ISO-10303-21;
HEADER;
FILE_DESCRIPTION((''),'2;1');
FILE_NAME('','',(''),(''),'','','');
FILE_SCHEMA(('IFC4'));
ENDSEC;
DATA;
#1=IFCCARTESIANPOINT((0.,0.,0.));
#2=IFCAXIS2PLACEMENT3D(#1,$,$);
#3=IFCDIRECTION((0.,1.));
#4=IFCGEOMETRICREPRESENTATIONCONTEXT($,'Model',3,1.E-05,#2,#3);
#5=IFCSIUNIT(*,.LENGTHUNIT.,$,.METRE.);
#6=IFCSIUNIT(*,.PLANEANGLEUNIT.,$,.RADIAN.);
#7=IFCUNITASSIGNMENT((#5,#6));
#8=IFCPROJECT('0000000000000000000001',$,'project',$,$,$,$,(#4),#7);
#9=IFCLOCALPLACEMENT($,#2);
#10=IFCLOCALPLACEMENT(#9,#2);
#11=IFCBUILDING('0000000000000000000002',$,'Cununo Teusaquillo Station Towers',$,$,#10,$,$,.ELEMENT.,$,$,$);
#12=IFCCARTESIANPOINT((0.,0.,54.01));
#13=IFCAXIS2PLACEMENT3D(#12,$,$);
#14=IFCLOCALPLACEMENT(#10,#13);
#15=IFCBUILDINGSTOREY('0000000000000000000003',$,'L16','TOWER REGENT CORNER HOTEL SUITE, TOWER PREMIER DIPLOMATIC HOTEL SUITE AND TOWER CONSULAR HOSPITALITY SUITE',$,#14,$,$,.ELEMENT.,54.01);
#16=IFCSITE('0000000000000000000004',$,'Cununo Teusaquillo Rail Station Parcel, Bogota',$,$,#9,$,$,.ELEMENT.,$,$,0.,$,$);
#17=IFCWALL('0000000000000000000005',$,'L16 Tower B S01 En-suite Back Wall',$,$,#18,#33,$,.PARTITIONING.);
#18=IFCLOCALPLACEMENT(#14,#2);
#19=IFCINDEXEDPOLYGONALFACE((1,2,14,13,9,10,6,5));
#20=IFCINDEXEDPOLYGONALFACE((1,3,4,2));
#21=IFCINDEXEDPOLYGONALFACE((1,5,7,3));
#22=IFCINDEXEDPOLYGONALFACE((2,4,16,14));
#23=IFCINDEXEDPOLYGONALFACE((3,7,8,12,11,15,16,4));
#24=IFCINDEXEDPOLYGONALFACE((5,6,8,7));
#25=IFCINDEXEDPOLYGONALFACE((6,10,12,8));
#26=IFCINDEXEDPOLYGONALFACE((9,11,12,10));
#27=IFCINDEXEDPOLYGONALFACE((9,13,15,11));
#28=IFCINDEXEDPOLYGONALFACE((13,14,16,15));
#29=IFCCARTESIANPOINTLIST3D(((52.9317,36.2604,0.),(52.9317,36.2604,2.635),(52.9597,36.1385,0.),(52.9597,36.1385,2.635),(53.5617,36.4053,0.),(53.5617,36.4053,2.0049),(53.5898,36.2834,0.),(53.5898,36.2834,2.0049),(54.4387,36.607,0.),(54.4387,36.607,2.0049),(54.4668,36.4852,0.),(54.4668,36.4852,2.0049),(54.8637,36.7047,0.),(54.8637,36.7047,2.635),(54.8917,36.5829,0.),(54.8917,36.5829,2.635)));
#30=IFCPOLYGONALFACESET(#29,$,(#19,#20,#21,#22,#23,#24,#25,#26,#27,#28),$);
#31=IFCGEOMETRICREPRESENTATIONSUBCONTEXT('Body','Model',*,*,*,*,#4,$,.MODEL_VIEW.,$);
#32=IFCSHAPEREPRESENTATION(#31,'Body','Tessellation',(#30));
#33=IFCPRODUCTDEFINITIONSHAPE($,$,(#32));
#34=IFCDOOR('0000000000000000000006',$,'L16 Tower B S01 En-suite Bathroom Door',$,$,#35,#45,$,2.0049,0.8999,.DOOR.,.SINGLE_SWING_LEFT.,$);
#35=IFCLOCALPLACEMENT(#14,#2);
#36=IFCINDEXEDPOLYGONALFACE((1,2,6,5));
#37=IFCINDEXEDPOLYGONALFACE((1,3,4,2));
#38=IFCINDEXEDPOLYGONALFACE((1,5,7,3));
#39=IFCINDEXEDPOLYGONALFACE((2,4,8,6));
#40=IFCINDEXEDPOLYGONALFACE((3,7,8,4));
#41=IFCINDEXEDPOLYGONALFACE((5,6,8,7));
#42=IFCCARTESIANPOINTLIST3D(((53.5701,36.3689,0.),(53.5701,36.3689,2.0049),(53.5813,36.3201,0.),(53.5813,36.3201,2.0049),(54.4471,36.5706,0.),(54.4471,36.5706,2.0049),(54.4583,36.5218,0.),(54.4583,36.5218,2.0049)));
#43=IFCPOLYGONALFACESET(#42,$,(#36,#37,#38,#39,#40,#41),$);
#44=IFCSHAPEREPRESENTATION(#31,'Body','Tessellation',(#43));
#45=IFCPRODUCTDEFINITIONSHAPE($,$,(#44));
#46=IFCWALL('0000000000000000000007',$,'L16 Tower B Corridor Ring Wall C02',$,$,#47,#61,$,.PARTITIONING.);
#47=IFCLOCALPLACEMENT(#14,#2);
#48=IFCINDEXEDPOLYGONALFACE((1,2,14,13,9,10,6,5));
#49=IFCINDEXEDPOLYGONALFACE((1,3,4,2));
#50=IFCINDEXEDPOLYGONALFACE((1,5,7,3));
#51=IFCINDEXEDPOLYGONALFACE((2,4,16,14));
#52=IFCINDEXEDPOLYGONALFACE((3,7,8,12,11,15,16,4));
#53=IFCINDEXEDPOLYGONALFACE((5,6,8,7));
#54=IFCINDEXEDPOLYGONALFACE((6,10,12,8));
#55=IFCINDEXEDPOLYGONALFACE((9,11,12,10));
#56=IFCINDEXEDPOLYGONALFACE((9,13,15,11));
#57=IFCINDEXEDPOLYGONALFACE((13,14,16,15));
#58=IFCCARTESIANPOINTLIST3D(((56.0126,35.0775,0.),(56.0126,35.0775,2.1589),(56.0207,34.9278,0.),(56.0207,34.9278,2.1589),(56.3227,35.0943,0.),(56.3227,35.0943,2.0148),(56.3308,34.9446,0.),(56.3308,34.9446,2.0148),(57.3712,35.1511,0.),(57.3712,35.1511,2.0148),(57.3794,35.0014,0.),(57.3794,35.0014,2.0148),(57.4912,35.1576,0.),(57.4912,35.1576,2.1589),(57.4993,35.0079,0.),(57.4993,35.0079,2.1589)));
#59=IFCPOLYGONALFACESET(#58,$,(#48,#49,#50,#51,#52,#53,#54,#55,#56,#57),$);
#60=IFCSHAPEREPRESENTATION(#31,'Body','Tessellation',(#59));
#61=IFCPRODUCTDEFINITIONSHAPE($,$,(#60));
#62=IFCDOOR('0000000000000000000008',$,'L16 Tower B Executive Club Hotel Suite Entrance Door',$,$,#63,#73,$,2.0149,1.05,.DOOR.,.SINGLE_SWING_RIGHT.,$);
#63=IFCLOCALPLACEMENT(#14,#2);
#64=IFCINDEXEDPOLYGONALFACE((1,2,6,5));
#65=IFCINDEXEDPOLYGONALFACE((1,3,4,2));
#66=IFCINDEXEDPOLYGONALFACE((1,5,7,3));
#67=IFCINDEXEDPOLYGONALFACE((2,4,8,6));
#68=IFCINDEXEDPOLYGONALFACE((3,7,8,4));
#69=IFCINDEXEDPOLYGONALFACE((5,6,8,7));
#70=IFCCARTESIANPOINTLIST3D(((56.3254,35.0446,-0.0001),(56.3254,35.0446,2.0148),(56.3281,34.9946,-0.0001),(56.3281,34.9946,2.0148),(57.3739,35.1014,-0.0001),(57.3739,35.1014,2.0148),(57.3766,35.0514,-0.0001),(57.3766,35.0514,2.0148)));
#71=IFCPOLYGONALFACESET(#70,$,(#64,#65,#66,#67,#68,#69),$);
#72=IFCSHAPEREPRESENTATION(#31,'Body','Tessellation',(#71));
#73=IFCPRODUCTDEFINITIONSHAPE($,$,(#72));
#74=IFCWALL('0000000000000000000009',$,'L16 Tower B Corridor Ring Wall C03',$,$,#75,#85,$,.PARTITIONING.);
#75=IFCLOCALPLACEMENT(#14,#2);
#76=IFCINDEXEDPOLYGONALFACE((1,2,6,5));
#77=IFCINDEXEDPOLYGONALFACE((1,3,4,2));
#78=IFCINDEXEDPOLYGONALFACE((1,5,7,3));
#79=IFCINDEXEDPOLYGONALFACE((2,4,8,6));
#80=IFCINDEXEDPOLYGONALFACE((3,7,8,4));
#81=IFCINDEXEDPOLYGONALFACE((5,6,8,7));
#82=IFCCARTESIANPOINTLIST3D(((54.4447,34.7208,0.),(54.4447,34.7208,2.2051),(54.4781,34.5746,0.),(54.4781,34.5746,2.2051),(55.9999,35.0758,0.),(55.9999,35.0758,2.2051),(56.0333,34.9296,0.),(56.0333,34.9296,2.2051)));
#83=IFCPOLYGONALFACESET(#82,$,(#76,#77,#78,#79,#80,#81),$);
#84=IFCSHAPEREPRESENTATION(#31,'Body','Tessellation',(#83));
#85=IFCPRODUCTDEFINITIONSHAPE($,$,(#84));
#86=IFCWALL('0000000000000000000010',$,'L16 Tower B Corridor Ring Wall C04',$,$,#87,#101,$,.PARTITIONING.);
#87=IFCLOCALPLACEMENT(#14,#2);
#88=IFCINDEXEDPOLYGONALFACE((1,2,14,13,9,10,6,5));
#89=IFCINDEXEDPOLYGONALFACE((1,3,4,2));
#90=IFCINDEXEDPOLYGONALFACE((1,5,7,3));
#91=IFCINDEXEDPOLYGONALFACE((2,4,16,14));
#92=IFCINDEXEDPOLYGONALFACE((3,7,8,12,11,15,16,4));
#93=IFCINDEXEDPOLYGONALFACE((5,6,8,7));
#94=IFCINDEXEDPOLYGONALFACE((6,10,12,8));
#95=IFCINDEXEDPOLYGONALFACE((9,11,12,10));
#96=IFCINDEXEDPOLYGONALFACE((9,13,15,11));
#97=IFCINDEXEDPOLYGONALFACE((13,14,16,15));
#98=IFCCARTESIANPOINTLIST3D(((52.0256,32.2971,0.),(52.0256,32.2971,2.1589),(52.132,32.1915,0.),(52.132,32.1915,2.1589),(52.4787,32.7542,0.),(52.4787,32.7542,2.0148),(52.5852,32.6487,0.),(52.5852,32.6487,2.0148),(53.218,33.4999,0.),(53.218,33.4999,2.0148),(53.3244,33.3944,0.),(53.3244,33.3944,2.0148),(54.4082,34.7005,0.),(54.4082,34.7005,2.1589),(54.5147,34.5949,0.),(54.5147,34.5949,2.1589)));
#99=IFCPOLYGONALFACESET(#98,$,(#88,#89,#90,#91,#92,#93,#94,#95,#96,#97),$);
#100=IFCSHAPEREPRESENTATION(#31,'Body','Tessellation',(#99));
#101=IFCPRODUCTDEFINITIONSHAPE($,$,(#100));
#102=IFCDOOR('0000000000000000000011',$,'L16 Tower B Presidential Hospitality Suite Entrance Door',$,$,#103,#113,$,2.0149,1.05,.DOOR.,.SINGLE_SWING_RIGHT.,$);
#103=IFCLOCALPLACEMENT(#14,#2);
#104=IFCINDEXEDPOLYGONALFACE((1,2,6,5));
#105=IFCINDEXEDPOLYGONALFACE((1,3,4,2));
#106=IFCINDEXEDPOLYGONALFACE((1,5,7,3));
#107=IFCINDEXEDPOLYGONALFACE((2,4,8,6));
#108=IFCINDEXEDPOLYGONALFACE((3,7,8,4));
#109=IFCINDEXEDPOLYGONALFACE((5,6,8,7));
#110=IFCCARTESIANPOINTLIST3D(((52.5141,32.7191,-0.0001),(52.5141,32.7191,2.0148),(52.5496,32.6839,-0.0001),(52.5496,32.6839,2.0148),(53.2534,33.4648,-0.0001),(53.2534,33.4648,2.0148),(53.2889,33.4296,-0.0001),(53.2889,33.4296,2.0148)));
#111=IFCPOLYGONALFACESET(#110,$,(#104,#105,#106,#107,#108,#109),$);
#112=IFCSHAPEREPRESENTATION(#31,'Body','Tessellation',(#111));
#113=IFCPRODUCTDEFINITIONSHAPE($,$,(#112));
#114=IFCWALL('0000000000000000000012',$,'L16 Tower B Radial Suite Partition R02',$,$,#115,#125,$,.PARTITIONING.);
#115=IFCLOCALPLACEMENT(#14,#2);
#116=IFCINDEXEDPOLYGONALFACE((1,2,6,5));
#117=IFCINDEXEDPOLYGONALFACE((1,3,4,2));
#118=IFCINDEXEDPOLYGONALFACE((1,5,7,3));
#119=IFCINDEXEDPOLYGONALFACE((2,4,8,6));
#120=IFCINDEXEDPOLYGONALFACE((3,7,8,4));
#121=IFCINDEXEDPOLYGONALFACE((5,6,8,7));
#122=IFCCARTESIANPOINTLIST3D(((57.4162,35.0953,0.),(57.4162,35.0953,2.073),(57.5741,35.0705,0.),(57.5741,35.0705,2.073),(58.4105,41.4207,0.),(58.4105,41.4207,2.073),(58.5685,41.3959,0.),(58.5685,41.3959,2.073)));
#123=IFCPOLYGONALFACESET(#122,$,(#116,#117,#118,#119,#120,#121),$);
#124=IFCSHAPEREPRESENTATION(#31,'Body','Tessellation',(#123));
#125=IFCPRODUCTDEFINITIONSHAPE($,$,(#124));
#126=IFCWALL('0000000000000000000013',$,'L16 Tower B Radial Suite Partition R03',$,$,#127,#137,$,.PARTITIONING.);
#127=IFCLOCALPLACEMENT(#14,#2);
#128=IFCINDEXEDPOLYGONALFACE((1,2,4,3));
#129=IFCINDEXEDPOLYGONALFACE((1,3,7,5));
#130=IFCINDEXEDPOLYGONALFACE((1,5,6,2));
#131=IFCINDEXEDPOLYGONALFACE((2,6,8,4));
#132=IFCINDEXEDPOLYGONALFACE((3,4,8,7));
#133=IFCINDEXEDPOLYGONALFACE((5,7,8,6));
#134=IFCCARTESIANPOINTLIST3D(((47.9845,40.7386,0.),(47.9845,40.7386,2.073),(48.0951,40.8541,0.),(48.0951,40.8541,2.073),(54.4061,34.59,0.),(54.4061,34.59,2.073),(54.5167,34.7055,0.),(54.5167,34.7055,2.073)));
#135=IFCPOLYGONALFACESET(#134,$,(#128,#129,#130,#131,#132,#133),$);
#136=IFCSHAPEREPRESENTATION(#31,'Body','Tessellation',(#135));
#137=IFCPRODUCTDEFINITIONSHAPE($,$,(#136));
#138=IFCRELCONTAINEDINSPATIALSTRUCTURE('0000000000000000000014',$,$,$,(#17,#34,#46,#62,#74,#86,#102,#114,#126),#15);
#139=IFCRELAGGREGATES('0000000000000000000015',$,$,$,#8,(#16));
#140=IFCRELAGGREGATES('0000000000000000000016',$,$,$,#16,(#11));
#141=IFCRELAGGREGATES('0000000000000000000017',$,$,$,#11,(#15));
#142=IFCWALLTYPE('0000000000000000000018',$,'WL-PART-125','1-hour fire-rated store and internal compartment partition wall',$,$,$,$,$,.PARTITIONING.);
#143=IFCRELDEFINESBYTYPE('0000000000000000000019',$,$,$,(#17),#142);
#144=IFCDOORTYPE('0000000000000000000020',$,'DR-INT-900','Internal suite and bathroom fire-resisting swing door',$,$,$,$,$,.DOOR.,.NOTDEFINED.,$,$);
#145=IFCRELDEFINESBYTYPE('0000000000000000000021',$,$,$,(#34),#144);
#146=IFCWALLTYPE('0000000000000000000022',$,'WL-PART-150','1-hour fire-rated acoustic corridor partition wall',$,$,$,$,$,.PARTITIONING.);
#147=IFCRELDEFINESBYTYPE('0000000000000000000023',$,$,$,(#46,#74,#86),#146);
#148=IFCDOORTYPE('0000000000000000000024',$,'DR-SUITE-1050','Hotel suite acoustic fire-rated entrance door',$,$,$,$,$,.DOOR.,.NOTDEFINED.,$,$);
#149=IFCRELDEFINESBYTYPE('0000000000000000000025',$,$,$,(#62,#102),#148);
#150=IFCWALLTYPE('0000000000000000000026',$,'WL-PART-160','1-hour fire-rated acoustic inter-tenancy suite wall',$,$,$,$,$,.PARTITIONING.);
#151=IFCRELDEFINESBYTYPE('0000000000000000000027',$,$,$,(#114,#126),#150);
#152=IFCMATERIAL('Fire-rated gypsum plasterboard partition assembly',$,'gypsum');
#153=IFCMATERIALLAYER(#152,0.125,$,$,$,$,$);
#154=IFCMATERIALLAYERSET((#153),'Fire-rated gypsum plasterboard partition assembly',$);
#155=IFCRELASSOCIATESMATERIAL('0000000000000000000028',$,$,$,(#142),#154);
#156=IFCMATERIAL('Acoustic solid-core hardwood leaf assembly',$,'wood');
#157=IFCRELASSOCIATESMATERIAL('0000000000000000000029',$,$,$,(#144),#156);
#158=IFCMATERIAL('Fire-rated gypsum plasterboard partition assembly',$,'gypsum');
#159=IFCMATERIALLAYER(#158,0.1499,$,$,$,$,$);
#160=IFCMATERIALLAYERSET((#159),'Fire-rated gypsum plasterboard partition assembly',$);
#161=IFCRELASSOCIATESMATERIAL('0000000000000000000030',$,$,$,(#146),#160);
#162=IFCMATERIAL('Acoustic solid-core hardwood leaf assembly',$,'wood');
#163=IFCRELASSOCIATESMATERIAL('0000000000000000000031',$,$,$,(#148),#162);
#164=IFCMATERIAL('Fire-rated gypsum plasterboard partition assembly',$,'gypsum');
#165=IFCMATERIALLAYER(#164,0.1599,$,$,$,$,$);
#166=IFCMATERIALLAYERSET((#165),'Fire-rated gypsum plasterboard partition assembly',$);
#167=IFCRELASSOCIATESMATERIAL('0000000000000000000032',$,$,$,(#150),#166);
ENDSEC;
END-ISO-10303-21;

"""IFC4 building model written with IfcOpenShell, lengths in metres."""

from ifc_helpers import new_model, si_unit, direction, frame, frame_2d, origin, place, context, subcontext, project, spatial, rectangle, extrude, source, transform, mapped, material, layer, layer_set, type_object, element, fill, save


model = new_model("IFC4")

# Units and contexts
model_context = context("Model", 3, precision=1e-05, world=origin(), true_north=direction((0.0, 1.0)))
body_context = subcontext(model_context, "Body", "Model", "MODEL_VIEW")
ifc_project = project(units=[si_unit("LENGTHUNIT", "METRE"), si_unit("PLANEANGLEUNIT", "RADIAN")], contexts=[model_context])

# Site, building, storey
site_placement = place(None, origin())
site = spatial("IfcSite", under=ifc_project, at=site_placement, Name="Cununo Teusaquillo Rail Station Parcel, Bogota", CompositionType="ELEMENT", RefElevation=0.0)
building_placement = place(site_placement, origin())
building = spatial("IfcBuilding", under=site, at=building_placement, Name="Cununo Teusaquillo Station Towers", CompositionType="ELEMENT")
storey_placement = place(building_placement, frame((0.0, 0.0, 54.01)))
storey = spatial("IfcBuildingStorey", under=building, at=storey_placement, Name="L16", Description="TOWER REGENT CORNER HOTEL SUITE, TOWER PREMIER DIPLOMATIC HOTEL SUITE AND TOWER CONSULAR HOSPITALITY SUITE", CompositionType="ELEMENT", Elevation=54.01)

# Shared definitions
ifc_material_1 = material(Name="Fire-rated gypsum plasterboard partition assembly", Category="gypsum")
ifc_layer_1 = layer(ifc_material_1, 0.125)
ifc_layer_set_1 = layer_set([ifc_layer_1], Name="Fire-rated gypsum plasterboard partition assembly")
wall_type_1 = type_object("IfcWallType", Name="WL-PART-125", Description="1-hour fire-rated store and internal compartment partition wall", PredefinedType="PARTITIONING", material=ifc_layer_set_1)

# Walls, openings, doors
wall_1_placement = place(storey_placement, frame((54.8777, 36.6438, 0.0), z_axis=(0.0, 0.0, 1.0), x_axis=(-0.974555, -0.224149, 0.0)))
wall_1 = element("IfcWall", 1, at=wall_1_placement, inside=storey, type_object=wall_type_1, Name="L16 Tower B S01 En-suite Back Wall", PredefinedType="PARTITIONING", context=body_context, shape_type="SweptSolid", body=[
    extrude(rectangle(XDim=1.9824, YDim=0.125, at=frame_2d((0.9912, 0.0))), origin(), (0.0, 0.0, 1.0), 2.635),
])
shared_shape_1 = source(origin(), body_context, "Body", "SweptSolid", [
    extrude(rectangle(XDim=0.8999, YDim=2.0049, at=frame_2d((0.45, 1.0024))), frame((0.0, 0.0725, 0.0), z_axis=(0.0, -1.0, 0.0), x_axis=(1.0, 0.0, 0.0)), (0.0, 0.0, 1.0), 0.145),
])
opening_1_placement = place(wall_1_placement, frame((0.436, 0.0, 0.0)))
opening_1 = element("IfcOpeningElement", 2, at=opening_1_placement, cuts=wall_1, PredefinedType="OPENING", context=body_context, shape_type="MappedRepresentation", body=[
    mapped(shared_shape_1, transform((0.0, 0.0, 0.0), x_axis=(1.0, 0.0, 0.0), y_axis=(0.0, 1.0, 0.0), z_axis=(0.0, 0.0, 1.0), scale=1.0)),
])
ifc_material_2 = material(Name="Acoustic solid-core hardwood leaf assembly", Category="wood")
door_type_1 = type_object("IfcDoorType", Name="DR-INT-900", Description="Internal suite and bathroom fire-resisting swing door", OperationType="NOTDEFINED", PredefinedType="DOOR", material=ifc_material_2)
shared_shape_2 = source(origin(), body_context, "Body", "SweptSolid", [
    extrude(rectangle(XDim=0.8999, YDim=2.0049, at=frame_2d((0.45, 1.0024))), frame((0.0, 0.0249, 0.0), z_axis=(0.0, -1.0, 0.0), x_axis=(1.0, 0.0, 0.0)), (0.0, 0.0, 1.0), 0.05),
])
door_1_placement = place(opening_1_placement, origin())
door_1 = element("IfcDoor", 3, at=door_1_placement, inside=storey, type_object=door_type_1, Name="L16 Tower B S01 En-suite Bathroom Door", OperationType="SINGLE_SWING_LEFT", OverallHeight=2.0049, OverallWidth=0.8999, PredefinedType="DOOR", context=body_context, shape_type="MappedRepresentation", body=[
    mapped(shared_shape_2, transform((0.0, 0.0, 0.0), x_axis=(1.0, 0.0, 0.0), y_axis=(0.0, 1.0, 0.0), z_axis=(0.0, 0.0, 1.0), scale=1.0)),
])
fill(opening_1, door_1)
ifc_material_3 = material(Name="Fire-rated gypsum plasterboard partition assembly", Category="gypsum")
ifc_layer_2 = layer(ifc_material_3, 0.1499)
ifc_layer_set_2 = layer_set([ifc_layer_2], Name="Fire-rated gypsum plasterboard partition assembly")
wall_type_2 = type_object("IfcWallType", Name="WL-PART-150", Description="1-hour fire-rated acoustic corridor partition wall", PredefinedType="PARTITIONING", material=ifc_layer_set_2)
wall_2_placement = place(storey_placement, frame((57.4951, 35.0828, 0.0), z_axis=(0.0, 0.0, 1.0), x_axis=(-0.998537, -0.054082, 0.0)))
wall_2 = element("IfcWall", 4, at=wall_2_placement, inside=storey, type_object=wall_type_2, Name="L16 Tower B Corridor Ring Wall C02", PredefinedType="PARTITIONING", context=body_context, shape_type="SweptSolid", body=[
    extrude(rectangle(XDim=1.4807, YDim=0.1499, at=frame_2d((0.7402, 0.0))), origin(), (0.0, 0.0, 1.0), 2.1589),
])
shared_shape_3 = source(origin(), body_context, "Body", "SweptSolid", [
    extrude(rectangle(XDim=1.05, YDim=2.0149, at=frame_2d((0.5249, 1.0073))), frame((0.0, 0.085, 0.0), z_axis=(0.0, -1.0, 0.0), x_axis=(1.0, 0.0, 0.0)), (0.0, 0.0, 1.0), 0.1699),
])
opening_2_placement = place(wall_2_placement, frame((0.1201, 0.0, 0.0)))
opening_2 = element("IfcOpeningElement", 5, at=opening_2_placement, cuts=wall_2, PredefinedType="OPENING", context=body_context, shape_type="MappedRepresentation", body=[
    mapped(shared_shape_3, transform((0.0, 0.0, 0.0), x_axis=(1.0, 0.0, 0.0), y_axis=(0.0, 1.0, 0.0), z_axis=(0.0, 0.0, 1.0), scale=1.0)),
])
ifc_material_4 = material(Name="Acoustic solid-core hardwood leaf assembly", Category="wood")
door_type_2 = type_object("IfcDoorType", Name="DR-SUITE-1050", Description="Hotel suite acoustic fire-rated entrance door", OperationType="NOTDEFINED", PredefinedType="DOOR", material=ifc_material_4)
shared_shape_4 = source(origin(), body_context, "Body", "SweptSolid", [
    extrude(rectangle(XDim=1.05, YDim=2.0149, at=frame_2d((0.5249, 1.0073))), frame((0.0, 0.0249, 0.0), z_axis=(0.0, -1.0, 0.0), x_axis=(1.0, 0.0, 0.0)), (0.0, 0.0, 1.0), 0.05),
])
door_2_placement = place(opening_2_placement, origin())
door_2 = element("IfcDoor", 6, at=door_2_placement, inside=storey, type_object=door_type_2, Name="L16 Tower B Executive Club Hotel Suite Entrance Door", OperationType="SINGLE_SWING_RIGHT", OverallHeight=2.0149, OverallWidth=1.05, PredefinedType="DOOR", context=body_context, shape_type="MappedRepresentation", body=[
    mapped(shared_shape_4, transform((0.0, 0.0, 0.0), x_axis=(1.0, 0.0, 0.0), y_axis=(0.0, 1.0, 0.0), z_axis=(0.0, 0.0, 1.0), scale=1.0)),
])
fill(opening_2, door_2)

# Wall
wall_3_placement = place(storey_placement, frame((56.0166, 35.0027, 0.0), z_axis=(0.0, 0.0, 1.0), x_axis=(-0.974925, -0.222534, 0.0)))
element("IfcWall", 7, at=wall_3_placement, inside=storey, type_object=wall_type_2, Name="L16 Tower B Corridor Ring Wall C03", PredefinedType="PARTITIONING", context=body_context, shape_type="SweptSolid", body=[
    extrude(rectangle(XDim=1.5952, YDim=0.1499, at=frame_2d((0.7976, 0.0))), origin(), (0.0, 0.0, 1.0), 2.2051),
])

# Wall, opening, door
wall_4_placement = place(storey_placement, frame((54.4614, 34.6477, 0.0), z_axis=(0.0, 0.0, 1.0), x_axis=(-0.704034, -0.710166, 0.0)))
wall_4 = element("IfcWall", 8, at=wall_4_placement, inside=storey, type_object=wall_type_2, Name="L16 Tower B Corridor Ring Wall C04", PredefinedType="PARTITIONING", context=body_context, shape_type="SweptSolid", body=[
    extrude(rectangle(XDim=3.3843, YDim=0.1499, at=frame_2d((1.6921, 0.0))), origin(), (0.0, 0.0, 1.0), 2.1589),
])
opening_3_placement = place(wall_4_placement, frame((1.6907, 0.0, 0.0)))
opening_3 = element("IfcOpeningElement", 9, at=opening_3_placement, cuts=wall_4, PredefinedType="OPENING", context=body_context, shape_type="MappedRepresentation", body=[
    mapped(shared_shape_3, transform((0.0, 0.0, 0.0), x_axis=(1.0, 0.0, 0.0), y_axis=(0.0, 1.0, 0.0), z_axis=(0.0, 0.0, 1.0), scale=1.0)),
])
door_3_placement = place(opening_3_placement, origin())
door_3 = element("IfcDoor", 10, at=door_3_placement, inside=storey, type_object=door_type_2, Name="L16 Tower B Presidential Hospitality Suite Entrance Door", OperationType="SINGLE_SWING_RIGHT", OverallHeight=2.0149, OverallWidth=1.05, PredefinedType="DOOR", context=body_context, shape_type="MappedRepresentation", body=[
    mapped(shared_shape_4, transform((0.0, 0.0, 0.0), x_axis=(1.0, 0.0, 0.0), y_axis=(0.0, 1.0, 0.0), z_axis=(0.0, 0.0, 1.0), scale=1.0)),
])
fill(opening_3, door_3)

# Walls
ifc_material_5 = material(Name="Fire-rated gypsum plasterboard partition assembly", Category="gypsum")
ifc_layer_3 = layer(ifc_material_5, 0.1599)
ifc_layer_set_3 = layer_set([ifc_layer_3], Name="Fire-rated gypsum plasterboard partition assembly")
wall_type_3 = type_object("IfcWallType", Name="WL-PART-160", Description="1-hour fire-rated acoustic inter-tenancy suite wall", PredefinedType="PARTITIONING", material=ifc_layer_set_3)
wall_5_placement = place(storey_placement, frame((57.4951, 35.0828, 0.0), z_axis=(0.0, 0.0, 1.0), x_axis=(0.155297, 0.987868, 0.0)))
element("IfcWall", 11, at=wall_5_placement, inside=storey, type_object=wall_type_3, Name="L16 Tower B Radial Suite Partition R02", PredefinedType="PARTITIONING", context=body_context, shape_type="SweptSolid", body=[
    extrude(rectangle(XDim=6.4031, YDim=0.1599, at=frame_2d((3.2017, 0.0))), origin(), (0.0, 0.0, 1.0), 2.073),
])
wall_6_placement = place(storey_placement, frame((54.4614, 34.6477, 0.0), z_axis=(0.0, 0.0, 1.0), x_axis=(-0.72229, 0.69159, 0.0)))
element("IfcWall", 12, at=wall_6_placement, inside=storey, type_object=wall_type_3, Name="L16 Tower B Radial Suite Partition R03", PredefinedType="PARTITIONING", context=body_context, shape_type="SweptSolid", body=[
    extrude(rectangle(XDim=8.8906, YDim=0.1599, at=frame_2d((4.4453, 0.0))), origin(), (0.0, 0.0, 1.0), 2.073),
])

save(model, "model.ifc")
